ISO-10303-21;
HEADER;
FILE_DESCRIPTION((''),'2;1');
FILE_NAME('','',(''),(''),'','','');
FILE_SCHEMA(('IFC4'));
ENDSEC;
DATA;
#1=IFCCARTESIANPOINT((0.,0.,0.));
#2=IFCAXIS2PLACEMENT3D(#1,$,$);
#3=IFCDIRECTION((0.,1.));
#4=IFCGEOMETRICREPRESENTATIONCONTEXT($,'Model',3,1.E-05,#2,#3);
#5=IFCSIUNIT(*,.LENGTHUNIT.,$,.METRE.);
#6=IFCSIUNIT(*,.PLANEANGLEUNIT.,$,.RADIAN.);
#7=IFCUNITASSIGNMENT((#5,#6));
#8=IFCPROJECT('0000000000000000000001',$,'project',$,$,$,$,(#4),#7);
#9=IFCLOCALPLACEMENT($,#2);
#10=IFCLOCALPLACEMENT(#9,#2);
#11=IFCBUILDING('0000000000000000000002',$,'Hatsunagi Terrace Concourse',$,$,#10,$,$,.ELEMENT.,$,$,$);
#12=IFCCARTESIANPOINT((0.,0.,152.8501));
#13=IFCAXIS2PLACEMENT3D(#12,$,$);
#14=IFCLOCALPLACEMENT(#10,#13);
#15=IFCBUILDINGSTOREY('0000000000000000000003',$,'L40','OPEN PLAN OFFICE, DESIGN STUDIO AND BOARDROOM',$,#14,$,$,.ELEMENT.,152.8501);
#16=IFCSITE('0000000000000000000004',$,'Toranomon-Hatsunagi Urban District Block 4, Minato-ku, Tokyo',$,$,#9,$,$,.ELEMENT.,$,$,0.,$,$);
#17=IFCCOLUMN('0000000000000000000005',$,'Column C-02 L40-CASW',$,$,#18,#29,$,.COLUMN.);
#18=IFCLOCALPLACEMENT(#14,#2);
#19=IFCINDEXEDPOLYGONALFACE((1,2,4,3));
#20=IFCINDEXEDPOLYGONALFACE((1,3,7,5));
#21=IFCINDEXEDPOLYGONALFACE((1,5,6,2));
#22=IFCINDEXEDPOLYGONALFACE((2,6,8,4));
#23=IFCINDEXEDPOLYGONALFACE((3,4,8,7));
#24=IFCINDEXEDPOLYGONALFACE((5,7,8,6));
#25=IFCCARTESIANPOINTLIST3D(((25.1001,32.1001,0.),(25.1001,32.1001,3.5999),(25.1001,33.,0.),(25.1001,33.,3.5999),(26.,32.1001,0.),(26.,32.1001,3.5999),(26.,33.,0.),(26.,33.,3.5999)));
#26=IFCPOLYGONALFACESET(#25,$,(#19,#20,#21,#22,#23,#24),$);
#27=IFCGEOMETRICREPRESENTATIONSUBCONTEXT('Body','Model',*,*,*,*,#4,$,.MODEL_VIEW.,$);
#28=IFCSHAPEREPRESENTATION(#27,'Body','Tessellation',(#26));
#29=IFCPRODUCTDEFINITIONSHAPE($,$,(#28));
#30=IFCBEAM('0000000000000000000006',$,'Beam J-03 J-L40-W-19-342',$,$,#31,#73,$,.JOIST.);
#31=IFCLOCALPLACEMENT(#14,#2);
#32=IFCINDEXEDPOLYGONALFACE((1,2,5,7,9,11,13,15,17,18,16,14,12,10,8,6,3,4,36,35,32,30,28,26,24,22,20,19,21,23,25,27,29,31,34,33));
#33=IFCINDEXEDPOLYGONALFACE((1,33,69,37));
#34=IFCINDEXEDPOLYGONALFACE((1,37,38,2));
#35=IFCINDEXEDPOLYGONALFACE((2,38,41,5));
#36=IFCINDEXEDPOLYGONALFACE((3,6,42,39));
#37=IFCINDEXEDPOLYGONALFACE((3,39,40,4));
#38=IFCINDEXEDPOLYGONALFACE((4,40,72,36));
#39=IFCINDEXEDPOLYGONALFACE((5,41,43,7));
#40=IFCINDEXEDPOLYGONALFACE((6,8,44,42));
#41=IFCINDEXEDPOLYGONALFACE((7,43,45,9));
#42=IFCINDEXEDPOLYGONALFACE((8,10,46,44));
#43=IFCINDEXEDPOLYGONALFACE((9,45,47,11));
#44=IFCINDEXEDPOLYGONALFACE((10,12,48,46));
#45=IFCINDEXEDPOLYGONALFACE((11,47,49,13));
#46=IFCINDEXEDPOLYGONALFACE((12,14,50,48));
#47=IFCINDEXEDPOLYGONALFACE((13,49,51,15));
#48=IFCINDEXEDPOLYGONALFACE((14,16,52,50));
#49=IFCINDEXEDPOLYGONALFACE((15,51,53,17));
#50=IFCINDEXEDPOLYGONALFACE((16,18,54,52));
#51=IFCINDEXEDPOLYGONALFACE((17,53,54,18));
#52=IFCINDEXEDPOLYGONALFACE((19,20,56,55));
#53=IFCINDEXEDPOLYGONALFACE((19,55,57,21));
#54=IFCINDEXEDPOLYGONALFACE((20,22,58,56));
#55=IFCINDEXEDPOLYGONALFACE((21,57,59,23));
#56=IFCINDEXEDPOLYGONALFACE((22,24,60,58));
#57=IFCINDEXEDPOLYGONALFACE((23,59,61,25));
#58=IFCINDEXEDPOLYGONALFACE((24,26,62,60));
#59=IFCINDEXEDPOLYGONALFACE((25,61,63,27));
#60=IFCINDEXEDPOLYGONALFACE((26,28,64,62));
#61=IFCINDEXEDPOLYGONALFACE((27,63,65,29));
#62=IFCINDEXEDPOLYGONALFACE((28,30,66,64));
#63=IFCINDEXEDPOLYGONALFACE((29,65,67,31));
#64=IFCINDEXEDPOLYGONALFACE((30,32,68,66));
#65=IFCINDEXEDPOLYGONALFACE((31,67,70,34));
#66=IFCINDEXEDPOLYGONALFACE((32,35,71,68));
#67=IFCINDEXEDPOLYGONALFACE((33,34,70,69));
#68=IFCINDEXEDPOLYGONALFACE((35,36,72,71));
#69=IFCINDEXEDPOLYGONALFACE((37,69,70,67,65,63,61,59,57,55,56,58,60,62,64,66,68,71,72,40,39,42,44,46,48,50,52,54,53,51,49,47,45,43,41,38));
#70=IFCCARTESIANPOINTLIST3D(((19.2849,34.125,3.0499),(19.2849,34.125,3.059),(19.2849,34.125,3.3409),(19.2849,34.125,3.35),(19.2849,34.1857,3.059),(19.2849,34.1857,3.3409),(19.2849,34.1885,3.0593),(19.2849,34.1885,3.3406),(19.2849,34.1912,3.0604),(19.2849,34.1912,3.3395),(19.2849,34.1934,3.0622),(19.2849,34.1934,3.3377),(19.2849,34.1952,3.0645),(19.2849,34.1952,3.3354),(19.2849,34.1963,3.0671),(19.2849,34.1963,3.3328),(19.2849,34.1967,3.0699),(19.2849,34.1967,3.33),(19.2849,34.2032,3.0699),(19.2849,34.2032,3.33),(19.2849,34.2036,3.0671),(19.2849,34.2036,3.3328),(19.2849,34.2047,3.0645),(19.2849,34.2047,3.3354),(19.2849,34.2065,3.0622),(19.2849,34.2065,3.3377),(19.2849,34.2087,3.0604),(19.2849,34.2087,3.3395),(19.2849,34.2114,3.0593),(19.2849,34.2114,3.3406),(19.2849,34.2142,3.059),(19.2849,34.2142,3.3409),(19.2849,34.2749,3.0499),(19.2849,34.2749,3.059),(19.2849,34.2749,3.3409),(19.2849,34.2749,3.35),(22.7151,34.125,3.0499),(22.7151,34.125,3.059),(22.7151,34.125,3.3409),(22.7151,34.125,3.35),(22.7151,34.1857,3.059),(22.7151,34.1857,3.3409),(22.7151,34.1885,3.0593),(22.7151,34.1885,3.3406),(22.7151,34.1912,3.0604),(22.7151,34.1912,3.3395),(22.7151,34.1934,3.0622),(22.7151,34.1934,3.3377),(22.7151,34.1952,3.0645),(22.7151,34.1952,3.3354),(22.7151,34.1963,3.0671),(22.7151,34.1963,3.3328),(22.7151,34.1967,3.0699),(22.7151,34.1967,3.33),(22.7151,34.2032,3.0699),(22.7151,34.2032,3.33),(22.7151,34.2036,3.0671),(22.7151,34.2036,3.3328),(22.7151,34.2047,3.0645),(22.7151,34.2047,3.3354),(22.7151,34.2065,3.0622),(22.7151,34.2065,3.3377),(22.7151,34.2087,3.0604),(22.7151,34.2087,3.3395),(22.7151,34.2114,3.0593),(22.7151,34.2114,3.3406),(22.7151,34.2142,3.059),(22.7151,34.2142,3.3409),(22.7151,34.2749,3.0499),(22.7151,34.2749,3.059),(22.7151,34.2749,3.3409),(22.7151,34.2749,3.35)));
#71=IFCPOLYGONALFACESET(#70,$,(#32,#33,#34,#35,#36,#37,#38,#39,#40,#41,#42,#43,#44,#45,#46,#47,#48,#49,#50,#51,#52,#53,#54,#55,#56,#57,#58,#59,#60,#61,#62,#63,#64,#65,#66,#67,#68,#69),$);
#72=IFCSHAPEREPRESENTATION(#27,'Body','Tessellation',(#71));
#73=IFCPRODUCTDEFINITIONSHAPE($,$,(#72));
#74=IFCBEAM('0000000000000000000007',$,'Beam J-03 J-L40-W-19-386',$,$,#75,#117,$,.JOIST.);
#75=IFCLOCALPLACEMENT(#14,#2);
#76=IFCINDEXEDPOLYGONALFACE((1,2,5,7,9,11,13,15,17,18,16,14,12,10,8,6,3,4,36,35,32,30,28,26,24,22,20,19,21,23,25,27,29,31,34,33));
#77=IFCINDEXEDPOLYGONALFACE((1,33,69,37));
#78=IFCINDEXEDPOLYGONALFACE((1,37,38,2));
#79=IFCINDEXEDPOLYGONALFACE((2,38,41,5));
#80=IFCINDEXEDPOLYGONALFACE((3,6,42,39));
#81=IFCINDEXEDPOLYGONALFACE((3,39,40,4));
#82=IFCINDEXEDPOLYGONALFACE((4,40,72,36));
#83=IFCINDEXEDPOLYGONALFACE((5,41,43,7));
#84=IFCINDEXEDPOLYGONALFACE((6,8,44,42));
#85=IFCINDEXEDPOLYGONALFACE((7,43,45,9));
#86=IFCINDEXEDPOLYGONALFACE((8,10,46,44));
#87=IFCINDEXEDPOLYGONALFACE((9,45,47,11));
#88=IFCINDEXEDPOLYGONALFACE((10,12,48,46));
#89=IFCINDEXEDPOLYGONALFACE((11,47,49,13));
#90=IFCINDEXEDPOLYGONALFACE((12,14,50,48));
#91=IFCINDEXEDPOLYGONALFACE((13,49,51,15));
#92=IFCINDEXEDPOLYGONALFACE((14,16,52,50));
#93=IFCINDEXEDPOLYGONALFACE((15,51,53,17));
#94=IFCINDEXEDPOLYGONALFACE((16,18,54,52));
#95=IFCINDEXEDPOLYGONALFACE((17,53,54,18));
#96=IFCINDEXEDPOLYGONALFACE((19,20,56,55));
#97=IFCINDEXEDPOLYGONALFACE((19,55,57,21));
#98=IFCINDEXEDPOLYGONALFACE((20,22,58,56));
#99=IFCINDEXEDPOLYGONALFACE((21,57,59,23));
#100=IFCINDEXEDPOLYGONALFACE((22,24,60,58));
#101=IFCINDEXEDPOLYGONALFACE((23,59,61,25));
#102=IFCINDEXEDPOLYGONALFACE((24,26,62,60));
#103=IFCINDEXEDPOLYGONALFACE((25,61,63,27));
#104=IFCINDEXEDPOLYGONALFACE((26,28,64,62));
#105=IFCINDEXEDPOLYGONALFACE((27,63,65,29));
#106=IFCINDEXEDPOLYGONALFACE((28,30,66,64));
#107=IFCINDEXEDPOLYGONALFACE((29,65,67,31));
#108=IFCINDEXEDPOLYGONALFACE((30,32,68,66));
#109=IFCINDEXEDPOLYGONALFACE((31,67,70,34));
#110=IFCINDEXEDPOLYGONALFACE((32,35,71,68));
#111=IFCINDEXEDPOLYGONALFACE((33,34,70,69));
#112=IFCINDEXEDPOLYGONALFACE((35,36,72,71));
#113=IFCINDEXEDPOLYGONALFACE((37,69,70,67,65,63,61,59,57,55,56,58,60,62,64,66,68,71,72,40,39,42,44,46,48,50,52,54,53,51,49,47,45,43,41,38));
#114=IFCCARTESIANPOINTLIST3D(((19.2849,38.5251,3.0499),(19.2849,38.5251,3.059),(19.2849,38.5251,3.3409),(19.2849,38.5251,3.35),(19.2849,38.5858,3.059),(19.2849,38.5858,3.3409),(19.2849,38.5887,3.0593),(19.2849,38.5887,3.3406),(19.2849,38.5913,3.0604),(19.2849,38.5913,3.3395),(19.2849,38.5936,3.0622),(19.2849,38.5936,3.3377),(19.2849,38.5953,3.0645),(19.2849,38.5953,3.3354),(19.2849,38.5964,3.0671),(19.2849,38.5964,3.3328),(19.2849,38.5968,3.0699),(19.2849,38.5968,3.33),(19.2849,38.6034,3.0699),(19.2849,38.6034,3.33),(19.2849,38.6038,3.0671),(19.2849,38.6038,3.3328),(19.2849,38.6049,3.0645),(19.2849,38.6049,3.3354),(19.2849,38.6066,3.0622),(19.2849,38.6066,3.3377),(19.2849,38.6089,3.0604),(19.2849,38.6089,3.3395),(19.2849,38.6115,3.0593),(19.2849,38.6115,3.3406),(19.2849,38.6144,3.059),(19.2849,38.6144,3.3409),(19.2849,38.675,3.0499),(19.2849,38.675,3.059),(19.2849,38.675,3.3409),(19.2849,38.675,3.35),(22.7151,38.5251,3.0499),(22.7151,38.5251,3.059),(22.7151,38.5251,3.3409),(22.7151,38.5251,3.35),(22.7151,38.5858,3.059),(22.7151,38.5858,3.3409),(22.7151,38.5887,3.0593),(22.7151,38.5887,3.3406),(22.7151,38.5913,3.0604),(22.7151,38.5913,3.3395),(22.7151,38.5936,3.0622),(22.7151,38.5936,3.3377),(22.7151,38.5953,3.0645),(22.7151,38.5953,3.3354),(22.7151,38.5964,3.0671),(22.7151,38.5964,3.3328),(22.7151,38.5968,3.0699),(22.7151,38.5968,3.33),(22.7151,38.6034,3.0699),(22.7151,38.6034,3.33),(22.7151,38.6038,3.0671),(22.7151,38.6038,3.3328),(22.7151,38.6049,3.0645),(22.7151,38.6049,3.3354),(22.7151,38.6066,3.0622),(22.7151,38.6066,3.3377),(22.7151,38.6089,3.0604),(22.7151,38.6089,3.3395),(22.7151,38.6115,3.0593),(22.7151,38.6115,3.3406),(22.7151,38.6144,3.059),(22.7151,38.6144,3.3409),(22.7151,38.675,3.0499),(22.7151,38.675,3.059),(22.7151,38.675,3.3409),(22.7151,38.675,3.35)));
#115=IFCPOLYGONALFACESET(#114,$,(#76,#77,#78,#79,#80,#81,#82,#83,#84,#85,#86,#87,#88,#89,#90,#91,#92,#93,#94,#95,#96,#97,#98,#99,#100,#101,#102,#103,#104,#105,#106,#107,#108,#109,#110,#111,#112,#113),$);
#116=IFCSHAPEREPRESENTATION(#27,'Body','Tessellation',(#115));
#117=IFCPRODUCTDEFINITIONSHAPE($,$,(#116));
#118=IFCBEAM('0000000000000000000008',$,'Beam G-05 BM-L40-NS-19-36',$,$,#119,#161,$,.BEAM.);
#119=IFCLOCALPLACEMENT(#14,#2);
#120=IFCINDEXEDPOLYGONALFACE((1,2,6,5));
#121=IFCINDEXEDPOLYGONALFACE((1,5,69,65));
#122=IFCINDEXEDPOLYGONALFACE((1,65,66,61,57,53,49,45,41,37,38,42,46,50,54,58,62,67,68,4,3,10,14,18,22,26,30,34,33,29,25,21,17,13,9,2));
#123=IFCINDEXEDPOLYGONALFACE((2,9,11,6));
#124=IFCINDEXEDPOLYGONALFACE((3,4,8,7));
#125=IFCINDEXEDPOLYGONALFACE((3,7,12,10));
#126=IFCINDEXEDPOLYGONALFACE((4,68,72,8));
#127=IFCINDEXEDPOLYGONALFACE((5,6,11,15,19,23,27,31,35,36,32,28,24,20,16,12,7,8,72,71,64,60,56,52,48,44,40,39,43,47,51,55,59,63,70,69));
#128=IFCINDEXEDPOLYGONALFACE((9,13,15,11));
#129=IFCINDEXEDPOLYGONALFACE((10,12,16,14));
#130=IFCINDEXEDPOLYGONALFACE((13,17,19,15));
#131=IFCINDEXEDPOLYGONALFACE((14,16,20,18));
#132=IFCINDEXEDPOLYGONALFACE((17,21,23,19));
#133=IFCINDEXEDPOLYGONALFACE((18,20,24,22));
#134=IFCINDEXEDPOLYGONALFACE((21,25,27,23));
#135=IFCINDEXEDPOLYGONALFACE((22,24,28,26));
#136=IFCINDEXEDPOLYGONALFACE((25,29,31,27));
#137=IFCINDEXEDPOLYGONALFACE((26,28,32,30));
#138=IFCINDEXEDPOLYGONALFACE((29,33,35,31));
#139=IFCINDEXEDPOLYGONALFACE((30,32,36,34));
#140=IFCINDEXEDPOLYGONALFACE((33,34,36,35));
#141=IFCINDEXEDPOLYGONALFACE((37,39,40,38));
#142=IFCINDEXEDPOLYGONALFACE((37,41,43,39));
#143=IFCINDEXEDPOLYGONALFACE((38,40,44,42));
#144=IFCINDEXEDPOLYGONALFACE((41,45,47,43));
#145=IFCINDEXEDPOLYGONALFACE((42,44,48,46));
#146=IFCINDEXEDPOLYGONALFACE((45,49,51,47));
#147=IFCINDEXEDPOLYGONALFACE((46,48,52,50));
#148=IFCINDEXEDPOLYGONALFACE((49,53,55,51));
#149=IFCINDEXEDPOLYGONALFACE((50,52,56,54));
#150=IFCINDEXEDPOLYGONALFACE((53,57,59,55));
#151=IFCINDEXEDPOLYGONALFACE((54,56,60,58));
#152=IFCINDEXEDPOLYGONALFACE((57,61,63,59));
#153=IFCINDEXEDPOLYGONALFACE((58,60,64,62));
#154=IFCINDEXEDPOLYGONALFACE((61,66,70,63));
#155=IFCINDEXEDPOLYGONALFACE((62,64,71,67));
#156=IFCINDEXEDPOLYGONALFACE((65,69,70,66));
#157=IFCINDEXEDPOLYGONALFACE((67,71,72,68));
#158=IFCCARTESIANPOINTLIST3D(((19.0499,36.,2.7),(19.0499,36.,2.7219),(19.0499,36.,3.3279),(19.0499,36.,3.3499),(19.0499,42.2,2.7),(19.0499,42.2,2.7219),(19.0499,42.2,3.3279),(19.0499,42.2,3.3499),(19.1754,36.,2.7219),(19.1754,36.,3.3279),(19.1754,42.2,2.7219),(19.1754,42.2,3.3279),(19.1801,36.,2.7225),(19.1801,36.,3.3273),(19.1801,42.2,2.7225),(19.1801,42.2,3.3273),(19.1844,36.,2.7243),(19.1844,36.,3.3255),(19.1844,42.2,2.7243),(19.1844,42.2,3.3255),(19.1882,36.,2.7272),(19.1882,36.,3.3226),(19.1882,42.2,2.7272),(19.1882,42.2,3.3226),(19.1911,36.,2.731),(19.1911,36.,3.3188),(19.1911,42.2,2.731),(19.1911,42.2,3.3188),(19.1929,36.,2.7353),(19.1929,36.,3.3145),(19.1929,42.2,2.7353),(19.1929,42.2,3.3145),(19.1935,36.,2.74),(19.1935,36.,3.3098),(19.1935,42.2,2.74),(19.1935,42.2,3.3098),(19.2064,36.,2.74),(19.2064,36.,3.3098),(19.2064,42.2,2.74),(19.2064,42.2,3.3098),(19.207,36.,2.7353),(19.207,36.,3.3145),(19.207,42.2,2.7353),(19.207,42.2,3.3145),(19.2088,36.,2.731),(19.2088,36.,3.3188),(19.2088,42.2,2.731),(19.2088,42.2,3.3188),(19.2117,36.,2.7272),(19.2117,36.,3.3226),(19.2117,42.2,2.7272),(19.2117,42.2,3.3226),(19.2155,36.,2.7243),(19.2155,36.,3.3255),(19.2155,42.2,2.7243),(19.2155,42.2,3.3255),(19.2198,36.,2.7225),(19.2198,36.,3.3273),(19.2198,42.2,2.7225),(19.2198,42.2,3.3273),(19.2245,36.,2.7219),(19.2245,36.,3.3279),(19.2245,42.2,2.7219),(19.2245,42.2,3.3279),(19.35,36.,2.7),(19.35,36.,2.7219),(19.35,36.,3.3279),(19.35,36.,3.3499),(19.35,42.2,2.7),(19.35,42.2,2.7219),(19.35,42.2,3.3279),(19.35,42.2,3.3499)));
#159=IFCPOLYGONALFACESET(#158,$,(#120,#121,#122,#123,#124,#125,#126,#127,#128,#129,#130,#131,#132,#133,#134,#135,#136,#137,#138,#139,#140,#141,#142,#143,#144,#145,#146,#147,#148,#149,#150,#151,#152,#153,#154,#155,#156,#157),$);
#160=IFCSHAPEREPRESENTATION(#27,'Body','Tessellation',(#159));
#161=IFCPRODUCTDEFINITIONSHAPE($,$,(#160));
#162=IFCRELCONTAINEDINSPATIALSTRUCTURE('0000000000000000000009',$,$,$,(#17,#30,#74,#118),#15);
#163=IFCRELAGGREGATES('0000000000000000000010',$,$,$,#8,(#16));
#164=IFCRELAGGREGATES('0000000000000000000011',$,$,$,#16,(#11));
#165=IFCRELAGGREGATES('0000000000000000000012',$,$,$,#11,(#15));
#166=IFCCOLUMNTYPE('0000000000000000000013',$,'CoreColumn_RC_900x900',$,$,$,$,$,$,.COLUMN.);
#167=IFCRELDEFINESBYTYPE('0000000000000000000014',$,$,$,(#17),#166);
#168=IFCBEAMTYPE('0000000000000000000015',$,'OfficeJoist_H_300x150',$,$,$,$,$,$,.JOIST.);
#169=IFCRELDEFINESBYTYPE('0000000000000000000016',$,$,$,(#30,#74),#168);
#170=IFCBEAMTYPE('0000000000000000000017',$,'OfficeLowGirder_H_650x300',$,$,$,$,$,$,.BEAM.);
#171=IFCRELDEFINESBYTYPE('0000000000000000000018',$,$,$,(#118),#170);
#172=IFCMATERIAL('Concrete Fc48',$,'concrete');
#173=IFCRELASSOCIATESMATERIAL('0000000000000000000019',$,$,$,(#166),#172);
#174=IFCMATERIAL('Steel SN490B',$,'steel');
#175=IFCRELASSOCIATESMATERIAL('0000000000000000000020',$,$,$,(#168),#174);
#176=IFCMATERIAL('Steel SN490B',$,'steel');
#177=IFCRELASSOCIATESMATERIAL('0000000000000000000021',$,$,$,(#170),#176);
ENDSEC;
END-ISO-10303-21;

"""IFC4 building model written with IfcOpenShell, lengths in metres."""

from ifc_helpers import new_model, si_unit, direction, frame, origin, origin_2d, place, context, subcontext, project, spatial, rectangle, i_section, extrude, material, material_profile, profile_set, type_object, element, save


model = new_model("IFC4")

# Units and contexts
model_context = context("Model", 3, precision=1e-05, world=origin(), true_north=direction((0.0, 1.0)))
body_context = subcontext(model_context, "Body", "Model", "MODEL_VIEW")
ifc_project = project(units=[si_unit("LENGTHUNIT", "METRE"), si_unit("PLANEANGLEUNIT", "RADIAN")], contexts=[model_context])

# Site, building, storey
site_placement = place(None, origin())
site = spatial("IfcSite", under=ifc_project, at=site_placement, Name="Toranomon-Hatsunagi Urban District Block 4, Minato-ku, Tokyo", CompositionType="ELEMENT", RefElevation=0.0)
building_placement = place(site_placement, origin())
building = spatial("IfcBuilding", under=site, at=building_placement, Name="Hatsunagi Terrace Concourse", CompositionType="ELEMENT")
storey_placement = place(building_placement, frame((0.0, 0.0, 152.8501)))
storey = spatial("IfcBuildingStorey", under=building, at=storey_placement, Name="L40", Description="OPEN PLAN OFFICE, DESIGN STUDIO AND BOARDROOM", CompositionType="ELEMENT", Elevation=152.8501)

# Column
ifc_material_1 = material(Name="Concrete Fc48", Category="concrete")
ifc_material_profile_1 = material_profile(ifc_material_1, rectangle(XDim=0.8999, YDim=0.8999, at=origin_2d()), Name="RC-900x900")
ifc_profile_set_1 = profile_set([ifc_material_profile_1], Name="Concrete Fc48")
column_type = type_object("IfcColumnType", Name="CoreColumn_RC_900x900", PredefinedType="COLUMN", material=ifc_profile_set_1)
column_placement = place(storey_placement, frame((25.55, 32.55, 0.0), z_axis=(0.0, 0.0, 1.0), x_axis=(1.0, 0.0, 0.0)))
element("IfcColumn", 1, at=column_placement, inside=storey, type_object=column_type, Name="Column C-02 L40-CASW", PredefinedType="COLUMN", context=body_context, shape_type="SweptSolid", body=[
    extrude(rectangle(XDim=0.8999, YDim=0.8999, at=origin_2d()), origin(), (0.0, 0.0, 1.0), 3.5999),
])

# Beams
ifc_material_2 = material(Name="Steel SN490B", Category="steel")
ifc_material_profile_2 = material_profile(ifc_material_2, i_section(OverallWidth=0.1499, OverallDepth=0.3, WebThickness=0.0066, FlangeThickness=0.009, FilletRadius=0.011, at=origin_2d()), Name="H-300x150x6.5x9")
ifc_profile_set_2 = profile_set([ifc_material_profile_2], Name="Steel SN490B")
beam_type_1 = type_object("IfcBeamType", Name="OfficeJoist_H_300x150", PredefinedType="JOIST", material=ifc_profile_set_2)
for number, where, z_axis, x_axis, name in (
    (2, (19.2849, 34.2, 3.2), (1.0, 0.0, 0.0), (0.0, 1.0, 0.0), "Beam J-03 J-L40-W-19-342"),
    (3, (19.2849, 38.6001, 3.2), (1.0, 0.0, 0.0), (0.0, 1.0, 0.0), "Beam J-03 J-L40-W-19-386"),
):
    element("IfcBeam", number, at=place(storey_placement, frame(where, z_axis=z_axis, x_axis=x_axis)), inside=storey, type_object=beam_type_1, Name=name, PredefinedType="JOIST", context=body_context, shape_type="SweptSolid", body=[
        extrude(i_section(OverallWidth=0.1499, OverallDepth=0.3, WebThickness=0.0066, FlangeThickness=0.009, FilletRadius=0.011, at=origin_2d()), origin(), (0.0, 0.0, 1.0), 3.4302),
    ])
ifc_material_3 = material(Name="Steel SN490B", Category="steel")
ifc_material_profile_3 = material_profile(ifc_material_3, i_section(OverallWidth=0.3, OverallDepth=0.6499, WebThickness=0.0129, FlangeThickness=0.022, FilletRadius=0.0181, at=origin_2d()), Name="H-650x300x13x22")
ifc_profile_set_3 = profile_set([ifc_material_profile_3], Name="Steel SN490B")
beam_type_2 = type_object("IfcBeamType", Name="OfficeLowGirder_H_650x300", PredefinedType="BEAM", material=ifc_profile_set_3)
beam_1_placement = place(storey_placement, frame((19.2, 36.0, 3.0249), z_axis=(0.0, 1.0, 0.0), x_axis=(-1.0, 0.0, 0.0)))
element("IfcBeam", 4, at=beam_1_placement, inside=storey, type_object=beam_type_2, Name="Beam G-05 BM-L40-NS-19-36", PredefinedType="BEAM", context=body_context, shape_type="SweptSolid", body=[
    extrude(i_section(OverallWidth=0.3, OverallDepth=0.6499, WebThickness=0.0129, FlangeThickness=0.022, FilletRadius=0.0181, at=origin_2d()), origin(), (0.0, 0.0, 1.0), 6.2),
])

save(model, "model.ifc")
